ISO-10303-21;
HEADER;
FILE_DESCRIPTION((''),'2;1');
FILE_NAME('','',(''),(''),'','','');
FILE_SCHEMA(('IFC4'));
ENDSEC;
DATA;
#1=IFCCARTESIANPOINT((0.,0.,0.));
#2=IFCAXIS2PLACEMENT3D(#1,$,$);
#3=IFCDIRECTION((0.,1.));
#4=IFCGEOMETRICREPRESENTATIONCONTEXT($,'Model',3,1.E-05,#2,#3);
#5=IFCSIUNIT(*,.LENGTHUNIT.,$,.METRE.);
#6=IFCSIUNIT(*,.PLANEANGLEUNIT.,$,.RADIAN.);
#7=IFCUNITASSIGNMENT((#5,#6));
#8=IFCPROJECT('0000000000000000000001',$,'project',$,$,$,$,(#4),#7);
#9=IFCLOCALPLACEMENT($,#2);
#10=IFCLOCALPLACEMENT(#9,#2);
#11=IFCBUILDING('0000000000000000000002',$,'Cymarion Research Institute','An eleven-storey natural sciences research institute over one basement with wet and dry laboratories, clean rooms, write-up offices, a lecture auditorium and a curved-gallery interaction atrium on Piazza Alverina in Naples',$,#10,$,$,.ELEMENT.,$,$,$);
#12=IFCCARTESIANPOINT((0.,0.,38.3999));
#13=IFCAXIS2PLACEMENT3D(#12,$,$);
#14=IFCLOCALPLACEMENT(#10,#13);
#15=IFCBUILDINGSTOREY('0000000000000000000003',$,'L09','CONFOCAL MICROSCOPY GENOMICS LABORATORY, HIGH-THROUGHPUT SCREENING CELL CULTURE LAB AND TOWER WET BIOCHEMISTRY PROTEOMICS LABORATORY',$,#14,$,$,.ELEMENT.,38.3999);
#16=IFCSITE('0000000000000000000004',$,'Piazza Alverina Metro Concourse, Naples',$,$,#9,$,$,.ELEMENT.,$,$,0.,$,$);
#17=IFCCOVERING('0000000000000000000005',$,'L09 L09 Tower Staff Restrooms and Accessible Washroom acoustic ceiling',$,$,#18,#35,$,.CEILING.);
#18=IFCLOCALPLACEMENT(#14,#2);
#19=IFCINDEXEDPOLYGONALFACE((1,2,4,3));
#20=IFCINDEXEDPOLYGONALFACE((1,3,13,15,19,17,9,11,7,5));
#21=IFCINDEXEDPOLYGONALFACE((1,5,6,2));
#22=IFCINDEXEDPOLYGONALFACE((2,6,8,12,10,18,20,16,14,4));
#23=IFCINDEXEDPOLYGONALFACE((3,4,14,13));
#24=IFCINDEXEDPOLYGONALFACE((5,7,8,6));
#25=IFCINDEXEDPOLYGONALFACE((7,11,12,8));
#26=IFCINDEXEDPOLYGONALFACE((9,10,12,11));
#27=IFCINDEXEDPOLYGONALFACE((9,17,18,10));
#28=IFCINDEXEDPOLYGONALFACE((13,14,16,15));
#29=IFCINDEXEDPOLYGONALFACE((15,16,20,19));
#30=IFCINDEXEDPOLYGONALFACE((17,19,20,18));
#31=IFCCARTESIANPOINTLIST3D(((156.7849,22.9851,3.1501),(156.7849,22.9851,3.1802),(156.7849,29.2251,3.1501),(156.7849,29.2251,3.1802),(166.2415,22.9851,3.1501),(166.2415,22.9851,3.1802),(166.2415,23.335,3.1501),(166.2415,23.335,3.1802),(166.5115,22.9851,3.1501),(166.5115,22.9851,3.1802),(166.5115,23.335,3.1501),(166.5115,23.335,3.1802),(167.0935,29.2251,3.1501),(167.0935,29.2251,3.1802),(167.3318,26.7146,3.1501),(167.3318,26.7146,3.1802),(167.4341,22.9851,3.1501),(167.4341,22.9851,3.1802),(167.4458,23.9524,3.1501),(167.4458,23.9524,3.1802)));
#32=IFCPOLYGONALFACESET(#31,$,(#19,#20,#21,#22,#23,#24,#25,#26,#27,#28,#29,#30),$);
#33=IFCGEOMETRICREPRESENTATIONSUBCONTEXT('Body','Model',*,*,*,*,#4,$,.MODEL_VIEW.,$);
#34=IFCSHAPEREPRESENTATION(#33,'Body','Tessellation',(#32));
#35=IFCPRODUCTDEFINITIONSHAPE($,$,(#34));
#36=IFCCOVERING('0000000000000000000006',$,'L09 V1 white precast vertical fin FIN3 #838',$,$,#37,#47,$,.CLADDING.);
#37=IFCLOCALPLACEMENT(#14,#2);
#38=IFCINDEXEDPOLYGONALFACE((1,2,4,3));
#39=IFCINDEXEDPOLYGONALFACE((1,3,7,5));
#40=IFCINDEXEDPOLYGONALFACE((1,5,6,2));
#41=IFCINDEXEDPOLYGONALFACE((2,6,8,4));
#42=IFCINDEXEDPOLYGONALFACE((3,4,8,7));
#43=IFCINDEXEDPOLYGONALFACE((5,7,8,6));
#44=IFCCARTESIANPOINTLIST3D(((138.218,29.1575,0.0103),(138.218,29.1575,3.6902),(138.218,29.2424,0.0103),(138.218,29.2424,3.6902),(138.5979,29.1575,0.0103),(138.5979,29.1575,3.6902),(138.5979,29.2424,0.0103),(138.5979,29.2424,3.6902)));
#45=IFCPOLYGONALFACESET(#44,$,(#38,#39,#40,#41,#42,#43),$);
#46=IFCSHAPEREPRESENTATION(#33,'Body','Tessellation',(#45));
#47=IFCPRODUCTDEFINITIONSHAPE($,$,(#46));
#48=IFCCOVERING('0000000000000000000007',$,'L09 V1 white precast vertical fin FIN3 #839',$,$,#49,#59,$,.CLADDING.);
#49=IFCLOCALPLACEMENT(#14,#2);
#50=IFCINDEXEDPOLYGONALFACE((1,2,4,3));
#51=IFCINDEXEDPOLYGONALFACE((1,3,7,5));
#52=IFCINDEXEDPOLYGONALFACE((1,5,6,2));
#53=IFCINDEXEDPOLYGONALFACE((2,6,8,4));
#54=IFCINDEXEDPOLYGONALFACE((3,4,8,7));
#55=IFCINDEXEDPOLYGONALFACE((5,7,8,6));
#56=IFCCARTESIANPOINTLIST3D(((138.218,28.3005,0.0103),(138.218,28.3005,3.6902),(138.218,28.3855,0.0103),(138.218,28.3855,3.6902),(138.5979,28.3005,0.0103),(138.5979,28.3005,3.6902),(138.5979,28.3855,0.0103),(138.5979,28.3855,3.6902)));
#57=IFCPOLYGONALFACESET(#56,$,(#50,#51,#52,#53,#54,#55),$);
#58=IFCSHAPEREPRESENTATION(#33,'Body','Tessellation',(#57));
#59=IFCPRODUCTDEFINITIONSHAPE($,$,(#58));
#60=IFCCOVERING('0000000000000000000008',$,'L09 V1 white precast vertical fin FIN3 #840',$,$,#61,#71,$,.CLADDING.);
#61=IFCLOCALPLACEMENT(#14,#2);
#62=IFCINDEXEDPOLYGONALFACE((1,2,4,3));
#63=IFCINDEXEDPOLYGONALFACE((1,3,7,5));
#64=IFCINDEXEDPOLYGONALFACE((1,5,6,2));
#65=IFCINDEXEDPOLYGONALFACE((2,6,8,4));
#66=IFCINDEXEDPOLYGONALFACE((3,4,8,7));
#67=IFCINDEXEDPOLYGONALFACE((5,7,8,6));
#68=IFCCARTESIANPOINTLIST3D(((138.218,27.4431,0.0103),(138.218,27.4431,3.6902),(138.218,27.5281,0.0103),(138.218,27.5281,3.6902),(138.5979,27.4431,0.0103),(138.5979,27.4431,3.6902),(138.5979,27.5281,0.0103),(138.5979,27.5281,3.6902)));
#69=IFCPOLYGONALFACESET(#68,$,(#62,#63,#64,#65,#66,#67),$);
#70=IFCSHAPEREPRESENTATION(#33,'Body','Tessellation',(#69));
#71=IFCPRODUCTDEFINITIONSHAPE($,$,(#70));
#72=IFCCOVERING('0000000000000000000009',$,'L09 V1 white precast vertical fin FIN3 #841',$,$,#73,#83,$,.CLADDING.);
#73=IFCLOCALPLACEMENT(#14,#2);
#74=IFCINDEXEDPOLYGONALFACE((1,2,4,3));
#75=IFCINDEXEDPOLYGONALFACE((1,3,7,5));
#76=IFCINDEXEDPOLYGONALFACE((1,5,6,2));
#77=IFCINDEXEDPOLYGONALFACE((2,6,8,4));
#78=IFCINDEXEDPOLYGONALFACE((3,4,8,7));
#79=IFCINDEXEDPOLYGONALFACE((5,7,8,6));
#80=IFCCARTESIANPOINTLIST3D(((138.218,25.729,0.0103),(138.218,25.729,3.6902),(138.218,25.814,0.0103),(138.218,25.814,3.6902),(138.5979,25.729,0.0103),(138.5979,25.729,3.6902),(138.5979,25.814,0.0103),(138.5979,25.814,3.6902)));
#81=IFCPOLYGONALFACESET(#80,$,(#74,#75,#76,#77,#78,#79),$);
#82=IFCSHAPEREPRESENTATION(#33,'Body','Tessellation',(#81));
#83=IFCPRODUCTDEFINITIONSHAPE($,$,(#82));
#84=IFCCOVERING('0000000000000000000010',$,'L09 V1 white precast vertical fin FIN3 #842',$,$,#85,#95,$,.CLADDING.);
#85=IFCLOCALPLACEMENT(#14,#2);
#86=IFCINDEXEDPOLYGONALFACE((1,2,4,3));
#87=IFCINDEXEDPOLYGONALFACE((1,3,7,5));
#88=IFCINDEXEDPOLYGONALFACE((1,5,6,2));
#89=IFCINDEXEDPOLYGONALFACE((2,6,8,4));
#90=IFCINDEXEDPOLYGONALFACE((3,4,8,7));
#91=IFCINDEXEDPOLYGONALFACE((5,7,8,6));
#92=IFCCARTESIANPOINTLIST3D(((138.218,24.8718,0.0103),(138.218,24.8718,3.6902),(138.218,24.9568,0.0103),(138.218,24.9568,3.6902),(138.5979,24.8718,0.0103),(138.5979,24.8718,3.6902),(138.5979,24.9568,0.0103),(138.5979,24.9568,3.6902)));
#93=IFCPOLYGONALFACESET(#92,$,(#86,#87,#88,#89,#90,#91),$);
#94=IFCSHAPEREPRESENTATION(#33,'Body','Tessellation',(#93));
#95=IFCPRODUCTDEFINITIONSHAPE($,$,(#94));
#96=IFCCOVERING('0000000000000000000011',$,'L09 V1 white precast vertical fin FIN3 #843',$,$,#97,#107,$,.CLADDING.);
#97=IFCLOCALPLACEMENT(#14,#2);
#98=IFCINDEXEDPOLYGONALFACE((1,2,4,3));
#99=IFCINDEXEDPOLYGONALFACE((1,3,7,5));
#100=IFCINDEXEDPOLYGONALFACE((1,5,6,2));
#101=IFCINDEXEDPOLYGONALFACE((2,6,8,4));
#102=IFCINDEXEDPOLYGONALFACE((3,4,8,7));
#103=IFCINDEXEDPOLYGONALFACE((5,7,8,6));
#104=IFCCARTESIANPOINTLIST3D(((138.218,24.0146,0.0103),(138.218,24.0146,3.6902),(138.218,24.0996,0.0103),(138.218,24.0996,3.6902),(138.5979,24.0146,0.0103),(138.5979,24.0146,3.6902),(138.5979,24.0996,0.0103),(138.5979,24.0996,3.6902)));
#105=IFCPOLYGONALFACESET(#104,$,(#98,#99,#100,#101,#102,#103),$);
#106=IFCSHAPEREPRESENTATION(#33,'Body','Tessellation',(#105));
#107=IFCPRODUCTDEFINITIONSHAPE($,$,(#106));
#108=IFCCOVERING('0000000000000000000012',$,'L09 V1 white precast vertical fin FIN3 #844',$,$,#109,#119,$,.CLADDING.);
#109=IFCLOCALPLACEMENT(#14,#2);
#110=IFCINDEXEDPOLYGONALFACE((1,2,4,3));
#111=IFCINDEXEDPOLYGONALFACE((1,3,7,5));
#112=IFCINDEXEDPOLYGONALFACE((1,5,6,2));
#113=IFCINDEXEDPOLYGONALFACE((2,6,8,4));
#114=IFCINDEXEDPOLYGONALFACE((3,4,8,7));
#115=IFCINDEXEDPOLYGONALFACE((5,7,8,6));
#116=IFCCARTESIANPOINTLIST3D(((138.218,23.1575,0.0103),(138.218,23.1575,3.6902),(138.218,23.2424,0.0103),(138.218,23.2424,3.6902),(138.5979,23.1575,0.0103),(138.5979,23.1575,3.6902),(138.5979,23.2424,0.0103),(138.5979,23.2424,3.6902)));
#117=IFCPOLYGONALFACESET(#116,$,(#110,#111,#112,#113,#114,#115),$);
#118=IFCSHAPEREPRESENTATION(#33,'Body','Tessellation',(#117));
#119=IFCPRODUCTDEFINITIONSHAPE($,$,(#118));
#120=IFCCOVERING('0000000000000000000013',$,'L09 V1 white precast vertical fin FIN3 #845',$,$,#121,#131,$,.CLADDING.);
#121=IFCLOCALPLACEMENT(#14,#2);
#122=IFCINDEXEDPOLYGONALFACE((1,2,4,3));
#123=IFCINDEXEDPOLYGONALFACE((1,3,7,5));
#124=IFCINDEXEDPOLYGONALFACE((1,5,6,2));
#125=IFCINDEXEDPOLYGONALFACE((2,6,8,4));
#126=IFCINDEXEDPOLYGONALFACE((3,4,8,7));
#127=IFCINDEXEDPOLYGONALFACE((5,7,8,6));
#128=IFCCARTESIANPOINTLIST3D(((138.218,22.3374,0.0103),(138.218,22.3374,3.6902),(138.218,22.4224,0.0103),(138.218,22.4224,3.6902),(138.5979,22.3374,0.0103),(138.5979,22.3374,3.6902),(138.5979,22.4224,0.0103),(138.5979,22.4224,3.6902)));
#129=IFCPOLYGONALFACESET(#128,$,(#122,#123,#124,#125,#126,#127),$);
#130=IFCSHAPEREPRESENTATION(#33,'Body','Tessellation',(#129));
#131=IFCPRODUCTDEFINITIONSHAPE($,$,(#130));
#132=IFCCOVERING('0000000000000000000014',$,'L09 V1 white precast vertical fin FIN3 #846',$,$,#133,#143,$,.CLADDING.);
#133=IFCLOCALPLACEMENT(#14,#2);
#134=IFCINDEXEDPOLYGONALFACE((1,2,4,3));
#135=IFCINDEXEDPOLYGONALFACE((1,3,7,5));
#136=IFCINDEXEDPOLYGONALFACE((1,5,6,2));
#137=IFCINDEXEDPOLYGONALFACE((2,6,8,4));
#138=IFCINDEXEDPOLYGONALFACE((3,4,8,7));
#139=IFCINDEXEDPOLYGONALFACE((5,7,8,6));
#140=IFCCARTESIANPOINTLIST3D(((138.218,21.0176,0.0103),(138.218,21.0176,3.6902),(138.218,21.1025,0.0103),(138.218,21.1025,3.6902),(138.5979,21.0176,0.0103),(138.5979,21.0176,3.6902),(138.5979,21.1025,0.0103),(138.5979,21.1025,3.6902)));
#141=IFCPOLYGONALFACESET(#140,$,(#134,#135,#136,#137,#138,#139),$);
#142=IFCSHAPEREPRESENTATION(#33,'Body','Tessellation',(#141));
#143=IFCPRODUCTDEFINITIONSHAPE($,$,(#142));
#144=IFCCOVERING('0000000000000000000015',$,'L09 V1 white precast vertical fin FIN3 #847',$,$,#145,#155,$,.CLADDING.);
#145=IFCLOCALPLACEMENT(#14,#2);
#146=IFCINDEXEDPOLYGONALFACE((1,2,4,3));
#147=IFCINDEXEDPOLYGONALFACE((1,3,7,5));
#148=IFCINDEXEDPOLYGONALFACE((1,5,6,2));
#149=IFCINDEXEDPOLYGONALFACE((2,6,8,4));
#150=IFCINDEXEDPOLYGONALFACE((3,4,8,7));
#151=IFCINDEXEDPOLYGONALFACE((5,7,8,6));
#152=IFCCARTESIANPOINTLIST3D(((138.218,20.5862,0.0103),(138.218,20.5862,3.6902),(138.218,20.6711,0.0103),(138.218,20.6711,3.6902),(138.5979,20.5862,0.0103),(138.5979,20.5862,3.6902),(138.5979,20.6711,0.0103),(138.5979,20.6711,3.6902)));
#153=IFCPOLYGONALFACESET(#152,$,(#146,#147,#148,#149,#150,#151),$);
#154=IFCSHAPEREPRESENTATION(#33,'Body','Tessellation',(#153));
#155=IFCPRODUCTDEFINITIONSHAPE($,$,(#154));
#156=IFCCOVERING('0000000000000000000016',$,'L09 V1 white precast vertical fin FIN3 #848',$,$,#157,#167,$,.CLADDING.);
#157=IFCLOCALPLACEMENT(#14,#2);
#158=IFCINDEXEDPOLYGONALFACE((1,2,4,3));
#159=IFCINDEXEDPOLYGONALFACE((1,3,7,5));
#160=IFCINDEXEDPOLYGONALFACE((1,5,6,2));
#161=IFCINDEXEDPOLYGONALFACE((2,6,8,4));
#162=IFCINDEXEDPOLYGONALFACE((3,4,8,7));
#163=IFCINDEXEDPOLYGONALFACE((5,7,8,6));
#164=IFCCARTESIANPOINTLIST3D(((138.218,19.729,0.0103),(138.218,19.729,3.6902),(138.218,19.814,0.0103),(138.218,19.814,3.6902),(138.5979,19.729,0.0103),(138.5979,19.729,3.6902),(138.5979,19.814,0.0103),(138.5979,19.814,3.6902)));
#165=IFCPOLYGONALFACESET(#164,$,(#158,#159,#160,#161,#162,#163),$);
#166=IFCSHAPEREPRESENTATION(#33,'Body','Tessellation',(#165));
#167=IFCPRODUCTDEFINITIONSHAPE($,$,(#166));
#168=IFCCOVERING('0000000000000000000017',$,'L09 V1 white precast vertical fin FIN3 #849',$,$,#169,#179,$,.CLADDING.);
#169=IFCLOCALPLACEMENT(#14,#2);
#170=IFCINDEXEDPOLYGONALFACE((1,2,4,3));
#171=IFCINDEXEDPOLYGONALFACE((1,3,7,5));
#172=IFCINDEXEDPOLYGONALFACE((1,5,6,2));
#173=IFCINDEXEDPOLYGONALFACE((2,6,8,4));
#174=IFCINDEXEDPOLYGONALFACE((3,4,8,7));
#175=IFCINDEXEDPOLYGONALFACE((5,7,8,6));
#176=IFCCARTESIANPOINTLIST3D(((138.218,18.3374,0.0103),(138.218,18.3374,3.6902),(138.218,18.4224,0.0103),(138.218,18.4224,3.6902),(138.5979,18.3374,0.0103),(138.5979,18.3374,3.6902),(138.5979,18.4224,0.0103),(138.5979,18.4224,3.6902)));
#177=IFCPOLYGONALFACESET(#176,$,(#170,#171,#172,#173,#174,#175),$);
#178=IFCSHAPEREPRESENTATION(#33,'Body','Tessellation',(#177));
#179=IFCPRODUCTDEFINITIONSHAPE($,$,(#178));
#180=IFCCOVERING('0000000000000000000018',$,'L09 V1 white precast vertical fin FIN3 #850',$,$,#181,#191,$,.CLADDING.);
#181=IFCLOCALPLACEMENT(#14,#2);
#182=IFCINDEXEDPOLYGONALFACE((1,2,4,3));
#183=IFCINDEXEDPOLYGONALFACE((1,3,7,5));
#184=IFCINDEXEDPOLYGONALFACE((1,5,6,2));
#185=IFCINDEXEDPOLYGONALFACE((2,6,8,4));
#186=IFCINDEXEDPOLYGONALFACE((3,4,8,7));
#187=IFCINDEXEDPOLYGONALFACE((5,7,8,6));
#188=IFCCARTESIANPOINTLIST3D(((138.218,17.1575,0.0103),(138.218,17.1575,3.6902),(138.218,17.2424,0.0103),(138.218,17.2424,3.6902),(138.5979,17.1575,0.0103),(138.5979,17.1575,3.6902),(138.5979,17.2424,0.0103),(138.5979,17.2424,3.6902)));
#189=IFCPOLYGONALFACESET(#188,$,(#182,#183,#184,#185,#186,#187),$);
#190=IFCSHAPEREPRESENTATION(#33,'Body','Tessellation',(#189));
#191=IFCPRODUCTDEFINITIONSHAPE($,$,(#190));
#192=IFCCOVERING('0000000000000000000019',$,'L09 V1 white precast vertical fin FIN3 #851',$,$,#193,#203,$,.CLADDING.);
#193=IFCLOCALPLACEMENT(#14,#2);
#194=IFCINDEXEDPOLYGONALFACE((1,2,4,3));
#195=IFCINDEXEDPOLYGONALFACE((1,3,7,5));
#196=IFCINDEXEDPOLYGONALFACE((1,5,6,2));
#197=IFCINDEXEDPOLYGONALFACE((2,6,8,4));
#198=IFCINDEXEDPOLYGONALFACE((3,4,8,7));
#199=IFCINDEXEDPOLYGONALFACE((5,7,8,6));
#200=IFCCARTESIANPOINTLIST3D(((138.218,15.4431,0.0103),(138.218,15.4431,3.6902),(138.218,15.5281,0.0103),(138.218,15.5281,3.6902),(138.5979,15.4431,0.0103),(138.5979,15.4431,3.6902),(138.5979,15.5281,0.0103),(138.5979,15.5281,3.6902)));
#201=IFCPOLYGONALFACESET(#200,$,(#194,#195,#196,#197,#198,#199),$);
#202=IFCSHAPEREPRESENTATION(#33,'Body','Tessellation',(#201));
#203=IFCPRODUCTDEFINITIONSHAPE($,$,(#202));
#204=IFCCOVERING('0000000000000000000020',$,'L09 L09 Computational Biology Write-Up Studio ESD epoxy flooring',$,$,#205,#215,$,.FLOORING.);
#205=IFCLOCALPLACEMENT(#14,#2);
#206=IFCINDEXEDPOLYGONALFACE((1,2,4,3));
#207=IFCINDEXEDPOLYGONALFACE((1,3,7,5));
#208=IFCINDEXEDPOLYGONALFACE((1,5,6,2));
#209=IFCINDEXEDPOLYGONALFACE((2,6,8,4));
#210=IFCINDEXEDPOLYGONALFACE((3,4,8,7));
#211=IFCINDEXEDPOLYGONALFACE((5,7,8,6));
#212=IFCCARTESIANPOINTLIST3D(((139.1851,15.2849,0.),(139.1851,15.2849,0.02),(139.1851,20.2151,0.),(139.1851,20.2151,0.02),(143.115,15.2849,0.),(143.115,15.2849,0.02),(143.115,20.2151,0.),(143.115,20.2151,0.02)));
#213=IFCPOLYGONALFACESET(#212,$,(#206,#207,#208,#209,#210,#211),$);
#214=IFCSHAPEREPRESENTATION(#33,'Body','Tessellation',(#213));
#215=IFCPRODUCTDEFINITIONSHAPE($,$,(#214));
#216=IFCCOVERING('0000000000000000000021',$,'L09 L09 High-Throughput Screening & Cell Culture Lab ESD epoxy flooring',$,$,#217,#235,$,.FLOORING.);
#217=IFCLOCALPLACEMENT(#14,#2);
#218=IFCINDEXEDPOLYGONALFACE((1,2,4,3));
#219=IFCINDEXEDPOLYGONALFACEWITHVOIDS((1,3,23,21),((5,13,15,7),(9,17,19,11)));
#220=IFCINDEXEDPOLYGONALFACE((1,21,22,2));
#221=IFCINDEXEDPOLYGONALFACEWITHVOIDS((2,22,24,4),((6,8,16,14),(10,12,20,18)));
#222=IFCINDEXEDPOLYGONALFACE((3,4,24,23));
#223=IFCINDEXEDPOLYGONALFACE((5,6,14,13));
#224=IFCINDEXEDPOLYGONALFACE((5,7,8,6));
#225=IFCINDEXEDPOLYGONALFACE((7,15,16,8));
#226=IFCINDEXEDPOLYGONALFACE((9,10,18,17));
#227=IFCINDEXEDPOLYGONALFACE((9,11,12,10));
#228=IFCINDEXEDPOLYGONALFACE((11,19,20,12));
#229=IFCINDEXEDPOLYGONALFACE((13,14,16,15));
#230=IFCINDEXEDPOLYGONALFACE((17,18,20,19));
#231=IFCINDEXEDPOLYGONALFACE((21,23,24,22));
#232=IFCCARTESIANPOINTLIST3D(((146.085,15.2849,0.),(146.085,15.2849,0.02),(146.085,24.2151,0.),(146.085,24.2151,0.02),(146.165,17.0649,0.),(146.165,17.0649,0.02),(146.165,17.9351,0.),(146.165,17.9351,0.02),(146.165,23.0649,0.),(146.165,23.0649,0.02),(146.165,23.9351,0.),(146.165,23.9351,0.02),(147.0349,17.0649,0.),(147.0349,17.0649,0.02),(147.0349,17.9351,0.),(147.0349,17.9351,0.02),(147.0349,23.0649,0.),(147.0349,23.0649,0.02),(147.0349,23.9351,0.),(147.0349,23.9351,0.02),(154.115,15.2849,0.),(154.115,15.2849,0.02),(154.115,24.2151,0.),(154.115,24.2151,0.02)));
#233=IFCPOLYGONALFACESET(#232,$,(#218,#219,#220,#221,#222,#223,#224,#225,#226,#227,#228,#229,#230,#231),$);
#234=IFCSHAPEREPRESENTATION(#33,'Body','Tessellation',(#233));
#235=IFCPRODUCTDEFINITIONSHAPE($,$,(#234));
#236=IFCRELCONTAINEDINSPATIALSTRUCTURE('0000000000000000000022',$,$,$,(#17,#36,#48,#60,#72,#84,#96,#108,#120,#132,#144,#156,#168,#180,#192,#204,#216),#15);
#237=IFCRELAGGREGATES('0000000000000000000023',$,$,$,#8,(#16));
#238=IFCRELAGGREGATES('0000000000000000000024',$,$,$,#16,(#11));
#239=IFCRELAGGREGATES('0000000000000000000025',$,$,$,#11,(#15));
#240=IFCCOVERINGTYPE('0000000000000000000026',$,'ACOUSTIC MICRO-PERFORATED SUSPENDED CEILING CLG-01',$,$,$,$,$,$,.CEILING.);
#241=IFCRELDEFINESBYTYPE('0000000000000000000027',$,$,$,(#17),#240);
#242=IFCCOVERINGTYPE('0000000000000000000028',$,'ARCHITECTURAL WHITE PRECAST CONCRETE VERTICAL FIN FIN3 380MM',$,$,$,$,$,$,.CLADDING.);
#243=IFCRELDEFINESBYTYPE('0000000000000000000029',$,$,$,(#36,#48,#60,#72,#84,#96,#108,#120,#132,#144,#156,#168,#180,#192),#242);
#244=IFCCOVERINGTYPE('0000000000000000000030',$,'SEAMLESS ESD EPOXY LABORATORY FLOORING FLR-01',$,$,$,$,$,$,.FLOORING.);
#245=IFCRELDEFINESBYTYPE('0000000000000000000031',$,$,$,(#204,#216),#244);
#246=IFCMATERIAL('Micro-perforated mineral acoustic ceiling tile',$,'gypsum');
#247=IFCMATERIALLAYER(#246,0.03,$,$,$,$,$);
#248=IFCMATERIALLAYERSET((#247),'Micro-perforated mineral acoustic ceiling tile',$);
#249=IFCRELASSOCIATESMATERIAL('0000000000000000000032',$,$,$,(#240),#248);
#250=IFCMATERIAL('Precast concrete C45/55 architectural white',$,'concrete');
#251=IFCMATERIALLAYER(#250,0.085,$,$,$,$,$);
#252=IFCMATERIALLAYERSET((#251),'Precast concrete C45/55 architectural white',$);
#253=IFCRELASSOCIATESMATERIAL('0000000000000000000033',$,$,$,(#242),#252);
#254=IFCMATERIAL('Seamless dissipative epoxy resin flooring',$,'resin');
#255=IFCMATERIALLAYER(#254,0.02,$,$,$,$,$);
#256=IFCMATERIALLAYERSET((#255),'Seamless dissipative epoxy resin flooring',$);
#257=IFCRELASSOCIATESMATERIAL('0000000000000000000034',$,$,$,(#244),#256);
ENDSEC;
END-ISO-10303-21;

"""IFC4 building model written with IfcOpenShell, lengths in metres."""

from ifc_helpers import new_model, si_unit, direction, frame, origin, origin_2d, place, context, subcontext, project, spatial, polyline, rectangle, outline, extrude, material, layer, layer_set, type_object, element, save


model = new_model("IFC4")

# Units and contexts
model_context = context("Model", 3, precision=1e-05, world=origin(), true_north=direction((0.0, 1.0)))
body_context = subcontext(model_context, "Body", "Model", "MODEL_VIEW")
ifc_project = project(units=[si_unit("LENGTHUNIT", "METRE"), si_unit("PLANEANGLEUNIT", "RADIAN")], contexts=[model_context])

# Site, building, storey
site_placement = place(None, origin())
site = spatial("IfcSite", under=ifc_project, at=site_placement, Name="Piazza Alverina Metro Concourse, Naples", CompositionType="ELEMENT", RefElevation=0.0)
building_placement = place(site_placement, origin())
building = spatial("IfcBuilding", under=site, at=building_placement, Name="Cymarion Research Institute", Description="An eleven-storey natural sciences research institute over one basement with wet and dry laboratories, clean rooms, write-up offices, a lecture auditorium and a curved-gallery interaction atrium on Piazza Alverina in Naples", CompositionType="ELEMENT")
storey_placement = place(building_placement, frame((0.0, 0.0, 38.3999)))
storey = spatial("IfcBuildingStorey", under=building, at=storey_placement, Name="L09", Description="CONFOCAL MICROSCOPY GENOMICS LABORATORY, HIGH-THROUGHPUT SCREENING CELL CULTURE LAB AND TOWER WET BIOCHEMISTRY PROTEOMICS LABORATORY", CompositionType="ELEMENT", Elevation=38.3999)

# Coverings
ifc_material_1 = material(Name="Micro-perforated mineral acoustic ceiling tile", Category="gypsum")
ifc_layer_1 = layer(ifc_material_1, 0.03)
ifc_layer_set_1 = layer_set([ifc_layer_1], Name="Micro-perforated mineral acoustic ceiling tile")
covering_type_1 = type_object("IfcCoveringType", Name="ACOUSTIC MICRO-PERFORATED SUSPENDED CEILING CLG-01", PredefinedType="CEILING", material=ifc_layer_set_1)
covering_1_placement = place(storey_placement, frame((0.0, 0.0, 3.1501)))
element("IfcCovering", 1, at=covering_1_placement, inside=storey, type_object=covering_type_1, Name="L09 L09 Tower Staff Restrooms and Accessible Washroom acoustic ceiling", PredefinedType="CEILING", context=body_context, shape_type="SweptSolid", body=[
    extrude(outline(polyline([(167.4458, 23.9524), (167.4341, 22.9851), (166.5115, 22.9851), (166.5115, 23.335), (166.2415, 23.335), (166.2415, 22.9851), (156.7849, 22.9851), (156.7849, 29.2251), (167.0935, 29.2251), (167.3318, 26.7146), (167.4458, 23.9524)])), origin(), (0.0, 0.0, 1.0), 0.03),
])
ifc_material_2 = material(Name="Precast concrete C45/55 architectural white", Category="concrete")
ifc_layer_2 = layer(ifc_material_2, 0.085)
ifc_layer_set_2 = layer_set([ifc_layer_2], Name="Precast concrete C45/55 architectural white")
covering_type_2 = type_object("IfcCoveringType", Name="ARCHITECTURAL WHITE PRECAST CONCRETE VERTICAL FIN FIN3 380MM", PredefinedType="CLADDING", material=ifc_layer_set_2)
for number, where, z_axis, x_axis, name in (
    (2, (138.408, 29.2, 0.0103), (0.0, 0.0, 1.0), (-1.0, 0.0, 0.0), "L09 V1 white precast vertical fin FIN3 #838"),
    (3, (138.408, 28.343, 0.0103), (0.0, 0.0, 1.0), (-1.0, 0.0, 0.0), "L09 V1 white precast vertical fin FIN3 #839"),
    (4, (138.408, 27.4856, 0.0103), (0.0, 0.0, 1.0), (-1.0, 0.0, 0.0), "L09 V1 white precast vertical fin FIN3 #840"),
    (5, (138.408, 25.7715, 0.0103), (0.0, 0.0, 1.0), (-1.0, 0.0, 0.0), "L09 V1 white precast vertical fin FIN3 #841"),
    (6, (138.408, 24.9143, 0.0103), (0.0, 0.0, 1.0), (-1.0, 0.0, 0.0), "L09 V1 white precast vertical fin FIN3 #842"),
    (7, (138.408, 24.0571, 0.0103), (0.0, 0.0, 1.0), (-1.0, 0.0, 0.0), "L09 V1 white precast vertical fin FIN3 #843"),
    (8, (138.408, 23.2, 0.0103), (0.0, 0.0, 1.0), (-1.0, 0.0, 0.0), "L09 V1 white precast vertical fin FIN3 #844"),
    (9, (138.408, 22.3799, 0.0103), (0.0, 0.0, 1.0), (-1.0, 0.0, 0.0), "L09 V1 white precast vertical fin FIN3 #845"),
    (10, (138.408, 21.0601, 0.0103), (0.0, 0.0, 1.0), (-1.0, 0.0, 0.0), "L09 V1 white precast vertical fin FIN3 #846"),
    (11, (138.408, 20.6287, 0.0103), (0.0, 0.0, 1.0), (-1.0, 0.0, 0.0), "L09 V1 white precast vertical fin FIN3 #847"),
    (12, (138.408, 19.7715, 0.0103), (0.0, 0.0, 1.0), (-1.0, 0.0, 0.0), "L09 V1 white precast vertical fin FIN3 #848"),
    (13, (138.408, 18.3799, 0.0103), (0.0, 0.0, 1.0), (-1.0, 0.0, 0.0), "L09 V1 white precast vertical fin FIN3 #849"),
    (14, (138.408, 17.2, 0.0103), (0.0, 0.0, 1.0), (-1.0, 0.0, 0.0), "L09 V1 white precast vertical fin FIN3 #850"),
    (15, (138.408, 15.4856, 0.0103), (0.0, 0.0, 1.0), (-1.0, 0.0, 0.0), "L09 V1 white precast vertical fin FIN3 #851"),
):
    element("IfcCovering", number, at=place(storey_placement, frame(where, z_axis=z_axis, x_axis=x_axis)), inside=storey, type_object=covering_type_2, Name=name, PredefinedType="CLADDING", context=body_context, shape_type="SweptSolid", body=[
        extrude(rectangle(XDim=0.3799, YDim=0.085, at=origin_2d()), origin(), (0.0, 0.0, 1.0), 3.6799),
    ])
ifc_material_3 = material(Name="Seamless dissipative epoxy resin flooring", Category="resin")
ifc_layer_3 = layer(ifc_material_3, 0.02)
ifc_layer_set_3 = layer_set([ifc_layer_3], Name="Seamless dissipative epoxy resin flooring")
covering_type_3 = type_object("IfcCoveringType", Name="SEAMLESS ESD EPOXY LABORATORY FLOORING FLR-01", PredefinedType="FLOORING", material=ifc_layer_set_3)
covering_2_placement = place(storey_placement, origin())
element("IfcCovering", 16, at=covering_2_placement, inside=storey, type_object=covering_type_3, Name="L09 L09 Computational Biology Write-Up Studio ESD epoxy flooring", PredefinedType="FLOORING", context=body_context, shape_type="SweptSolid", body=[
    extrude(outline(polyline([(139.1851, 20.2151), (143.115, 20.2151), (143.115, 15.2849), (139.1851, 15.2849), (139.1851, 20.2151)])), origin(), (0.0, 0.0, 1.0), 0.02),
])
covering_3_placement = place(storey_placement, origin())
element("IfcCovering", 17, at=covering_3_placement, inside=storey, type_object=covering_type_3, Name="L09 L09 High-Throughput Screening & Cell Culture Lab ESD epoxy flooring", PredefinedType="FLOORING", context=body_context, shape_type="SweptSolid", body=[
    extrude(outline(polyline([(146.085, 24.2151), (154.115, 24.2151), (154.115, 15.2849), (146.085, 15.2849), (146.085, 24.2151)]), holes=[polyline([(147.0349, 17.0649), (147.0349, 17.9351), (146.165, 17.9351), (146.165, 17.0649), (147.0349, 17.0649)]), polyline([(147.0349, 23.0649), (147.0349, 23.9351), (146.165, 23.9351), (146.165, 23.0649), (147.0349, 23.0649)])]), origin(), (0.0, 0.0, 1.0), 0.02),
])

save(model, "model.ifc")
